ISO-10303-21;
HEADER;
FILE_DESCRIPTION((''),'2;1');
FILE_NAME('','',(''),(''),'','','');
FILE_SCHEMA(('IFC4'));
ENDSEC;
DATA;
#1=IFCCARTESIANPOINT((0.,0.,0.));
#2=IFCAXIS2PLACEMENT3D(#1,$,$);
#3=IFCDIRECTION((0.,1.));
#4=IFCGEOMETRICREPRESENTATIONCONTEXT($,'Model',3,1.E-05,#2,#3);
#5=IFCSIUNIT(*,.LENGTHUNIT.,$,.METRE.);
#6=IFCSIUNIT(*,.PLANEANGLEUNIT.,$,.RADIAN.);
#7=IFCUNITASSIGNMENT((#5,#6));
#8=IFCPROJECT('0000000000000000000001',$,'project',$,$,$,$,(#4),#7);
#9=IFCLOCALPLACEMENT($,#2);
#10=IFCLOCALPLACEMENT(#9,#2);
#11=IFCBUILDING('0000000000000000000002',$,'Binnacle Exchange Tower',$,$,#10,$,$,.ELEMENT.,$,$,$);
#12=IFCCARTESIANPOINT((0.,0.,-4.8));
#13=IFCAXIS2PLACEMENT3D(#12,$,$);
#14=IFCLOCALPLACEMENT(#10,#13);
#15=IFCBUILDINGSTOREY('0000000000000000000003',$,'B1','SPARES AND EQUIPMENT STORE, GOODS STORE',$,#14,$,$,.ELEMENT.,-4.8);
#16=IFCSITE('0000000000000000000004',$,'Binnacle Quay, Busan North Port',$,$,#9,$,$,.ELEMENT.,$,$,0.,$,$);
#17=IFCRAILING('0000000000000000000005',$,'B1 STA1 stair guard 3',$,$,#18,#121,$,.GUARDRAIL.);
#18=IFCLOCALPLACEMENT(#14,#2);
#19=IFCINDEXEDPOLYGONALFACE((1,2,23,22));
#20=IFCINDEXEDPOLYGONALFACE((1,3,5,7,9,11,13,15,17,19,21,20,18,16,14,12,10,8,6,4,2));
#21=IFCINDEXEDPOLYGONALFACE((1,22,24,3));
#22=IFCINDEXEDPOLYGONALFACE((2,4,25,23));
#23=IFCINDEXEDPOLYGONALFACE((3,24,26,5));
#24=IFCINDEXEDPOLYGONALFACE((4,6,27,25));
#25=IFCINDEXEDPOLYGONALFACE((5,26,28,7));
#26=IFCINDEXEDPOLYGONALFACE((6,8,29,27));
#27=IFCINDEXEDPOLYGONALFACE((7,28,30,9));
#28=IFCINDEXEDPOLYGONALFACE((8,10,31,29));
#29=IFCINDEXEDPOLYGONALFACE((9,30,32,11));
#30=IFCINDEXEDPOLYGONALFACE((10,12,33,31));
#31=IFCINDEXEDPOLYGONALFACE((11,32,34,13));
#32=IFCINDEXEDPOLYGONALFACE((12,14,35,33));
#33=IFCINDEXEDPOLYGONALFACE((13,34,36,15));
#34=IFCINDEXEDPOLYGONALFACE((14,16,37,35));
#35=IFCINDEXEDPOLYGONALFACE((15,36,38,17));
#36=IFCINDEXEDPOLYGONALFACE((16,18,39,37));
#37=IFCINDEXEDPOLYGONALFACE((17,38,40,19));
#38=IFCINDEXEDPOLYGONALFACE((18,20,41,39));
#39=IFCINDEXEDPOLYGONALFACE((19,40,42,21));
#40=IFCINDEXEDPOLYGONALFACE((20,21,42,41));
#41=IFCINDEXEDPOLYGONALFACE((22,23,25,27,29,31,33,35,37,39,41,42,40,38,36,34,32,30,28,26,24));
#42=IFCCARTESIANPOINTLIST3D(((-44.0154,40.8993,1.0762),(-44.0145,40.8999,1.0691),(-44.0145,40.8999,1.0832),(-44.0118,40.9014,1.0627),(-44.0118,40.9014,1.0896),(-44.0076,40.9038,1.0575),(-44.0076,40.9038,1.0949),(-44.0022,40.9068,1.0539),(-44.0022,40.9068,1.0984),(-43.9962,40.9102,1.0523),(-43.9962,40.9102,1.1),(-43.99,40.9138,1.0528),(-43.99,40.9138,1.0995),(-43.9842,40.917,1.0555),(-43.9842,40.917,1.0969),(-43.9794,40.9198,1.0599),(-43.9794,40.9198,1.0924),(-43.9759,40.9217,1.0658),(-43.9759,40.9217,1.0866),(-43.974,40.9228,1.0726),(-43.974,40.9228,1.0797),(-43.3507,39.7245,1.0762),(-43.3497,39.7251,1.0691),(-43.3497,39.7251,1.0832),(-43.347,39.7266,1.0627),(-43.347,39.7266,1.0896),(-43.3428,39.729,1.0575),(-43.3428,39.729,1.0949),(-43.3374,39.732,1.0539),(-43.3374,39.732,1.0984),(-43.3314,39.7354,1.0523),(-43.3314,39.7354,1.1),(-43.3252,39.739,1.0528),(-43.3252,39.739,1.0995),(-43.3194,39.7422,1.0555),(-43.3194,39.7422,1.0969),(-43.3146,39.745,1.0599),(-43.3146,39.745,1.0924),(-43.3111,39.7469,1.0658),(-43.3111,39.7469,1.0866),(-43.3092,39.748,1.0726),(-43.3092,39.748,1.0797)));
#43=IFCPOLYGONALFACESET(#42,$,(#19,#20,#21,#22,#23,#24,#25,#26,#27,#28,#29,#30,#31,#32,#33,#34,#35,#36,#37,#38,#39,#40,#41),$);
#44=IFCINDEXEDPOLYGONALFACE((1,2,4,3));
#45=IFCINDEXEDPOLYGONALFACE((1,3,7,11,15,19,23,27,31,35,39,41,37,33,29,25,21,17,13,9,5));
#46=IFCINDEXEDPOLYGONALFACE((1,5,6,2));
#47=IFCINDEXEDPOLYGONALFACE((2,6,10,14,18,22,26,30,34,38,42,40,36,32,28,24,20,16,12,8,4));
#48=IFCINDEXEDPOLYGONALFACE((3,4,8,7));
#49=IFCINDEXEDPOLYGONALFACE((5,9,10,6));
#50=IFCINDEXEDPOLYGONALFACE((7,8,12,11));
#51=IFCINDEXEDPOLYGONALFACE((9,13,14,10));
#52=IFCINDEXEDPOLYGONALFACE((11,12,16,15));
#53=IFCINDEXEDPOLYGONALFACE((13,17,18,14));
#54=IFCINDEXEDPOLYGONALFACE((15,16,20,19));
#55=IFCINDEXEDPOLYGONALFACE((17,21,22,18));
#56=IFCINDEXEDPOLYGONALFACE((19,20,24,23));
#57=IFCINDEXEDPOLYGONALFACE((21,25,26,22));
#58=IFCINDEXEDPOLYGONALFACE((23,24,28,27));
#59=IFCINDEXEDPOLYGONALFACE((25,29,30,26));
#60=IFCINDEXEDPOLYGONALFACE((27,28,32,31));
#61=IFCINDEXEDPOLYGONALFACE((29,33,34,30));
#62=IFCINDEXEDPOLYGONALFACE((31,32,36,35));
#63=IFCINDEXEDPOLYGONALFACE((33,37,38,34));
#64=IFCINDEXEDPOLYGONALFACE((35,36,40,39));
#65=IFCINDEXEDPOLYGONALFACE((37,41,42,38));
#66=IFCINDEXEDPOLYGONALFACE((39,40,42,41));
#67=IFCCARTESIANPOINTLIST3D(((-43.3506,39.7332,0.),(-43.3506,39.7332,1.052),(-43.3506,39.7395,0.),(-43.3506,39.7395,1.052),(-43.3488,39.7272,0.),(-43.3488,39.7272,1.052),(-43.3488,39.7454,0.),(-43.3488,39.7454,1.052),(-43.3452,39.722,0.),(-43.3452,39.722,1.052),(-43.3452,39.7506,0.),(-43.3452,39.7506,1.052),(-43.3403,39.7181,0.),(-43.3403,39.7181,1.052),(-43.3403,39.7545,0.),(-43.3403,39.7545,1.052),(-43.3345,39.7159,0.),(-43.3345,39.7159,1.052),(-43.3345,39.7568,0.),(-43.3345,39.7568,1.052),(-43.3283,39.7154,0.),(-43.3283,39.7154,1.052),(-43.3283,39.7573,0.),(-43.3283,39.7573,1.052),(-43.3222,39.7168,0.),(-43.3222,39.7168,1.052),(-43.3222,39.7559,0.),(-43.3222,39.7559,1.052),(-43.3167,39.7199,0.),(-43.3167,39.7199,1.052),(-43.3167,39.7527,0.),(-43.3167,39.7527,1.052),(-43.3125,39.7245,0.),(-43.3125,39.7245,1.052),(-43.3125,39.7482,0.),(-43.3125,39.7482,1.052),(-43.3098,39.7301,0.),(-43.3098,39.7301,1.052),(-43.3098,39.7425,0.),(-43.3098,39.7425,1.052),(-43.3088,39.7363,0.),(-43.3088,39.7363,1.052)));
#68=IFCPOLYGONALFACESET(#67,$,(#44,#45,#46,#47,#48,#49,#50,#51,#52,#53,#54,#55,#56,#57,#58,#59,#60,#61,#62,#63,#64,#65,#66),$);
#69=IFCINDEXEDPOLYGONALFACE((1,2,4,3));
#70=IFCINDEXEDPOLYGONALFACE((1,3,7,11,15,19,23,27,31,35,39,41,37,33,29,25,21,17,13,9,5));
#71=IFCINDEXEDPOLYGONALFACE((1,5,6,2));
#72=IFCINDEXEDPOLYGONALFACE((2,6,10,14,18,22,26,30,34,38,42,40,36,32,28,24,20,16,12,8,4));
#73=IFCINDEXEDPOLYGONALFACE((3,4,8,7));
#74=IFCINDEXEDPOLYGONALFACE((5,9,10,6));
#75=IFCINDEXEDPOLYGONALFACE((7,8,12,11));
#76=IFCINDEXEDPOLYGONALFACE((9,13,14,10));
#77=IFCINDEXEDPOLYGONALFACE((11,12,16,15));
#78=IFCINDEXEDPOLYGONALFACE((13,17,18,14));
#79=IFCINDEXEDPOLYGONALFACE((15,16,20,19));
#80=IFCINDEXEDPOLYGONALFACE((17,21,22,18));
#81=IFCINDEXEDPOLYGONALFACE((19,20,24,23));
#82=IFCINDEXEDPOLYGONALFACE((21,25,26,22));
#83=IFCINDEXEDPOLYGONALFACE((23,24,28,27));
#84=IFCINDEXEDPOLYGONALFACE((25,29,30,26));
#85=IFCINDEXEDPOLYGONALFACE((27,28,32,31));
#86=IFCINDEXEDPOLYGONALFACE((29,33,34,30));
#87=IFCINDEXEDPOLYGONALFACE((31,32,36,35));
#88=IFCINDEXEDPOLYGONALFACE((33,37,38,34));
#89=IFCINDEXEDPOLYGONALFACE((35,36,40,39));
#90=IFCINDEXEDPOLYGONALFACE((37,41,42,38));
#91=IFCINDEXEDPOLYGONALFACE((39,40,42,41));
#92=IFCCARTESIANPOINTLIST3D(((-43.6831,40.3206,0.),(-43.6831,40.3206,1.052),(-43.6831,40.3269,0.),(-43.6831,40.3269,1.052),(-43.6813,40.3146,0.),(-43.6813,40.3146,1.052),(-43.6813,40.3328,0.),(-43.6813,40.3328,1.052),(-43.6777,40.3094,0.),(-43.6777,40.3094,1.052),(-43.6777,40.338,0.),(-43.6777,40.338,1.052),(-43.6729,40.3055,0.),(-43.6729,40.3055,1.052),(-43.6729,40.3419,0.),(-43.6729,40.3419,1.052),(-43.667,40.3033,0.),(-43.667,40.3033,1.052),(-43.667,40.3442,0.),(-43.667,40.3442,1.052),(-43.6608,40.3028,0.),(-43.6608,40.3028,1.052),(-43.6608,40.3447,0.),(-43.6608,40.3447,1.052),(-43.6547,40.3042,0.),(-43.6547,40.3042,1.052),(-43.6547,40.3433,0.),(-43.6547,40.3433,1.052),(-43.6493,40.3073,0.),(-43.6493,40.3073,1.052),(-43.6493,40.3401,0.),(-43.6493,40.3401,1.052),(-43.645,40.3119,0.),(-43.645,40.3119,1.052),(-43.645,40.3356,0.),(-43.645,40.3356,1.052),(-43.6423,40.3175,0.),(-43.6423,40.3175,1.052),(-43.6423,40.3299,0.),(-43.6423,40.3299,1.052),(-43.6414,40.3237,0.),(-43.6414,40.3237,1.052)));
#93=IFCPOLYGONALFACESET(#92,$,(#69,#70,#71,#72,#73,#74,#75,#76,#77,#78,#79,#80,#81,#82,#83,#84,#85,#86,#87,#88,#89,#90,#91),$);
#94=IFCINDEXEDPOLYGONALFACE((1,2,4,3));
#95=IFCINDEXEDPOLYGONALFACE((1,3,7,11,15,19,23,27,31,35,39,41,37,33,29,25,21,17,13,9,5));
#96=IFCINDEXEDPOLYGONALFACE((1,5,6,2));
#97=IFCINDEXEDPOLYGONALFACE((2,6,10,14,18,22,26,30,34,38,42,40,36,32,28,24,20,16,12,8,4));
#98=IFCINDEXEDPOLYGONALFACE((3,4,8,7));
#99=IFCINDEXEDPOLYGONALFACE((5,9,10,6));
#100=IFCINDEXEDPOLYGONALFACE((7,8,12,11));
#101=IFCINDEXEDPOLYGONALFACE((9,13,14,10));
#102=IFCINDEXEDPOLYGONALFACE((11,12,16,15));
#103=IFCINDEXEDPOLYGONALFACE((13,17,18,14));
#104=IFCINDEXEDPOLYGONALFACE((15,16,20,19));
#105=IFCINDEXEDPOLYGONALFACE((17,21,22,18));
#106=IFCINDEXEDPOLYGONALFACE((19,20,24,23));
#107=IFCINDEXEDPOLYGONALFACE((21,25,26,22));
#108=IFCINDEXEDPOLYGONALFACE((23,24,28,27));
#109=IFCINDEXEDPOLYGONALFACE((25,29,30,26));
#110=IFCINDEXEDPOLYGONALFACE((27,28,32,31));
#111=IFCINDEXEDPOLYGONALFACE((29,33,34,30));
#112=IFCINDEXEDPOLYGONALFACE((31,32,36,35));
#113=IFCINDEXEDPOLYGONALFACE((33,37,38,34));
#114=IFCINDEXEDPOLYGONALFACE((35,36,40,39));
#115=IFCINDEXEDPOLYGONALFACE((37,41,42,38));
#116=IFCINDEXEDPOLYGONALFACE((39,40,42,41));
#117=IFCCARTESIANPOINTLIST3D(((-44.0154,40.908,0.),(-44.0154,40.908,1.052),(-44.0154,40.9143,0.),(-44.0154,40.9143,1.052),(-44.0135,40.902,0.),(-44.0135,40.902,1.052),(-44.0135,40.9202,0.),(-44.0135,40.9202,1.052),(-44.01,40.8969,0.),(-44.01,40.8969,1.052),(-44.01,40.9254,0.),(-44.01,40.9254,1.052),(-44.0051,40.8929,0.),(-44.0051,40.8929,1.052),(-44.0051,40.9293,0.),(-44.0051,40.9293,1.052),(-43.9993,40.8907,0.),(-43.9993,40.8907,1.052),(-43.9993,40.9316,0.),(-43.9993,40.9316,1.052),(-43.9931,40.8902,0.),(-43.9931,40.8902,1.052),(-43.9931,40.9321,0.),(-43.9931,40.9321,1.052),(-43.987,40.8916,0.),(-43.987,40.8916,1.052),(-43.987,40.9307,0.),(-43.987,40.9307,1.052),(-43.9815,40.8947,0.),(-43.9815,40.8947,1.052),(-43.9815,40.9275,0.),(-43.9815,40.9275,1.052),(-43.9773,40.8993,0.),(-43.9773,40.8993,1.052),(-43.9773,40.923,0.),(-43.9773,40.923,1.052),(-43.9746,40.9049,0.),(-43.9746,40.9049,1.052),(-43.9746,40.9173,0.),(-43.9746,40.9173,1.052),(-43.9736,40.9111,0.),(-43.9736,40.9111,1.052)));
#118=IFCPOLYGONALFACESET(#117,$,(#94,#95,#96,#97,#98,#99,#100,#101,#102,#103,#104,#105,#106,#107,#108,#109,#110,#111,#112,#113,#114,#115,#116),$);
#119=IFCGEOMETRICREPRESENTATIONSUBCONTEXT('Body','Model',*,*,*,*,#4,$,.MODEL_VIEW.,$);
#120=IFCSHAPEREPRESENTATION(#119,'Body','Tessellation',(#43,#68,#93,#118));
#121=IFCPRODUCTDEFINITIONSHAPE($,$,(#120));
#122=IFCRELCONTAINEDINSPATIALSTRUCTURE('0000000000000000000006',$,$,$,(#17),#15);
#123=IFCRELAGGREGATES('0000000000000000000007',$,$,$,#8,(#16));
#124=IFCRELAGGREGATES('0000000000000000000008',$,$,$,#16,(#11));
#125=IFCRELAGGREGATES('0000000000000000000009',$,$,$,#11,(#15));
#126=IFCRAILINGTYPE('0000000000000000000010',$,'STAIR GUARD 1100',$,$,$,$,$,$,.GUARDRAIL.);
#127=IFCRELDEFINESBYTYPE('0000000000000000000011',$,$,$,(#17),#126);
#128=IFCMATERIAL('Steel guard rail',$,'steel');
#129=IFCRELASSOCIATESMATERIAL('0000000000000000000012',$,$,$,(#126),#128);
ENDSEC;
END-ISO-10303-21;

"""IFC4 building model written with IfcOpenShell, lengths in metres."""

from ifc_helpers import new_model, si_unit, direction, frame, origin, origin_2d, place, context, subcontext, project, spatial, circle, extrude, material, type_object, element, save


model = new_model("IFC4")

# Units and contexts
model_context = context("Model", 3, precision=1e-05, world=origin(), true_north=direction((0.0, 1.0)))
body_context = subcontext(model_context, "Body", "Model", "MODEL_VIEW")
ifc_project = project(units=[si_unit("LENGTHUNIT", "METRE"), si_unit("PLANEANGLEUNIT", "RADIAN")], contexts=[model_context])

# Site, building, storey
site_placement = place(None, origin())
site = spatial("IfcSite", under=ifc_project, at=site_placement, Name="Binnacle Quay, Busan North Port", CompositionType="ELEMENT", RefElevation=0.0)
building_placement = place(site_placement, origin())
building = spatial("IfcBuilding", under=site, at=building_placement, Name="Binnacle Exchange Tower", CompositionType="ELEMENT")
storey_placement = place(building_placement, frame((0.0, 0.0, -4.8)))
storey = spatial("IfcBuildingStorey", under=building, at=storey_placement, Name="B1", Description="SPARES AND EQUIPMENT STORE, GOODS STORE", CompositionType="ELEMENT", Elevation=-4.8)

# Railing
ifc_material_1 = material(Name="Steel guard rail", Category="steel")
railing_type = type_object("IfcRailingType", Name="STAIR GUARD 1100", PredefinedType="GUARDRAIL", material=ifc_material_1)
railing_placement = place(storey_placement, frame((-43.3298, 39.7363, 0.0)))
element("IfcRailing", 1, at=railing_placement, inside=storey, type_object=railing_type, Name="B1 STA1 stair guard 3", PredefinedType="GUARDRAIL", context=body_context, shape_type="SweptSolid", body=[
    extrude(circle(Radius=0.0239, at=origin_2d()), frame((0.0, 0.0, 1.0762), z_axis=(-0.492492, 0.870317, 0.0), x_axis=(-0.870317, -0.492492, 0.0)), (0.0, 0.0, 1.0), 1.3499),
    extrude(circle(Radius=0.021, at=origin_2d()), origin(), (0.0, 0.0, 1.0), 1.052),
    extrude(circle(Radius=0.021, at=origin_2d()), frame((-0.3325, 0.5874, 0.0)), (0.0, 0.0, 1.0), 1.052),
    extrude(circle(Radius=0.021, at=origin_2d()), frame((-0.6648, 1.1748, 0.0)), (0.0, 0.0, 1.0), 1.052),
])

save(model, "model.ifc")
